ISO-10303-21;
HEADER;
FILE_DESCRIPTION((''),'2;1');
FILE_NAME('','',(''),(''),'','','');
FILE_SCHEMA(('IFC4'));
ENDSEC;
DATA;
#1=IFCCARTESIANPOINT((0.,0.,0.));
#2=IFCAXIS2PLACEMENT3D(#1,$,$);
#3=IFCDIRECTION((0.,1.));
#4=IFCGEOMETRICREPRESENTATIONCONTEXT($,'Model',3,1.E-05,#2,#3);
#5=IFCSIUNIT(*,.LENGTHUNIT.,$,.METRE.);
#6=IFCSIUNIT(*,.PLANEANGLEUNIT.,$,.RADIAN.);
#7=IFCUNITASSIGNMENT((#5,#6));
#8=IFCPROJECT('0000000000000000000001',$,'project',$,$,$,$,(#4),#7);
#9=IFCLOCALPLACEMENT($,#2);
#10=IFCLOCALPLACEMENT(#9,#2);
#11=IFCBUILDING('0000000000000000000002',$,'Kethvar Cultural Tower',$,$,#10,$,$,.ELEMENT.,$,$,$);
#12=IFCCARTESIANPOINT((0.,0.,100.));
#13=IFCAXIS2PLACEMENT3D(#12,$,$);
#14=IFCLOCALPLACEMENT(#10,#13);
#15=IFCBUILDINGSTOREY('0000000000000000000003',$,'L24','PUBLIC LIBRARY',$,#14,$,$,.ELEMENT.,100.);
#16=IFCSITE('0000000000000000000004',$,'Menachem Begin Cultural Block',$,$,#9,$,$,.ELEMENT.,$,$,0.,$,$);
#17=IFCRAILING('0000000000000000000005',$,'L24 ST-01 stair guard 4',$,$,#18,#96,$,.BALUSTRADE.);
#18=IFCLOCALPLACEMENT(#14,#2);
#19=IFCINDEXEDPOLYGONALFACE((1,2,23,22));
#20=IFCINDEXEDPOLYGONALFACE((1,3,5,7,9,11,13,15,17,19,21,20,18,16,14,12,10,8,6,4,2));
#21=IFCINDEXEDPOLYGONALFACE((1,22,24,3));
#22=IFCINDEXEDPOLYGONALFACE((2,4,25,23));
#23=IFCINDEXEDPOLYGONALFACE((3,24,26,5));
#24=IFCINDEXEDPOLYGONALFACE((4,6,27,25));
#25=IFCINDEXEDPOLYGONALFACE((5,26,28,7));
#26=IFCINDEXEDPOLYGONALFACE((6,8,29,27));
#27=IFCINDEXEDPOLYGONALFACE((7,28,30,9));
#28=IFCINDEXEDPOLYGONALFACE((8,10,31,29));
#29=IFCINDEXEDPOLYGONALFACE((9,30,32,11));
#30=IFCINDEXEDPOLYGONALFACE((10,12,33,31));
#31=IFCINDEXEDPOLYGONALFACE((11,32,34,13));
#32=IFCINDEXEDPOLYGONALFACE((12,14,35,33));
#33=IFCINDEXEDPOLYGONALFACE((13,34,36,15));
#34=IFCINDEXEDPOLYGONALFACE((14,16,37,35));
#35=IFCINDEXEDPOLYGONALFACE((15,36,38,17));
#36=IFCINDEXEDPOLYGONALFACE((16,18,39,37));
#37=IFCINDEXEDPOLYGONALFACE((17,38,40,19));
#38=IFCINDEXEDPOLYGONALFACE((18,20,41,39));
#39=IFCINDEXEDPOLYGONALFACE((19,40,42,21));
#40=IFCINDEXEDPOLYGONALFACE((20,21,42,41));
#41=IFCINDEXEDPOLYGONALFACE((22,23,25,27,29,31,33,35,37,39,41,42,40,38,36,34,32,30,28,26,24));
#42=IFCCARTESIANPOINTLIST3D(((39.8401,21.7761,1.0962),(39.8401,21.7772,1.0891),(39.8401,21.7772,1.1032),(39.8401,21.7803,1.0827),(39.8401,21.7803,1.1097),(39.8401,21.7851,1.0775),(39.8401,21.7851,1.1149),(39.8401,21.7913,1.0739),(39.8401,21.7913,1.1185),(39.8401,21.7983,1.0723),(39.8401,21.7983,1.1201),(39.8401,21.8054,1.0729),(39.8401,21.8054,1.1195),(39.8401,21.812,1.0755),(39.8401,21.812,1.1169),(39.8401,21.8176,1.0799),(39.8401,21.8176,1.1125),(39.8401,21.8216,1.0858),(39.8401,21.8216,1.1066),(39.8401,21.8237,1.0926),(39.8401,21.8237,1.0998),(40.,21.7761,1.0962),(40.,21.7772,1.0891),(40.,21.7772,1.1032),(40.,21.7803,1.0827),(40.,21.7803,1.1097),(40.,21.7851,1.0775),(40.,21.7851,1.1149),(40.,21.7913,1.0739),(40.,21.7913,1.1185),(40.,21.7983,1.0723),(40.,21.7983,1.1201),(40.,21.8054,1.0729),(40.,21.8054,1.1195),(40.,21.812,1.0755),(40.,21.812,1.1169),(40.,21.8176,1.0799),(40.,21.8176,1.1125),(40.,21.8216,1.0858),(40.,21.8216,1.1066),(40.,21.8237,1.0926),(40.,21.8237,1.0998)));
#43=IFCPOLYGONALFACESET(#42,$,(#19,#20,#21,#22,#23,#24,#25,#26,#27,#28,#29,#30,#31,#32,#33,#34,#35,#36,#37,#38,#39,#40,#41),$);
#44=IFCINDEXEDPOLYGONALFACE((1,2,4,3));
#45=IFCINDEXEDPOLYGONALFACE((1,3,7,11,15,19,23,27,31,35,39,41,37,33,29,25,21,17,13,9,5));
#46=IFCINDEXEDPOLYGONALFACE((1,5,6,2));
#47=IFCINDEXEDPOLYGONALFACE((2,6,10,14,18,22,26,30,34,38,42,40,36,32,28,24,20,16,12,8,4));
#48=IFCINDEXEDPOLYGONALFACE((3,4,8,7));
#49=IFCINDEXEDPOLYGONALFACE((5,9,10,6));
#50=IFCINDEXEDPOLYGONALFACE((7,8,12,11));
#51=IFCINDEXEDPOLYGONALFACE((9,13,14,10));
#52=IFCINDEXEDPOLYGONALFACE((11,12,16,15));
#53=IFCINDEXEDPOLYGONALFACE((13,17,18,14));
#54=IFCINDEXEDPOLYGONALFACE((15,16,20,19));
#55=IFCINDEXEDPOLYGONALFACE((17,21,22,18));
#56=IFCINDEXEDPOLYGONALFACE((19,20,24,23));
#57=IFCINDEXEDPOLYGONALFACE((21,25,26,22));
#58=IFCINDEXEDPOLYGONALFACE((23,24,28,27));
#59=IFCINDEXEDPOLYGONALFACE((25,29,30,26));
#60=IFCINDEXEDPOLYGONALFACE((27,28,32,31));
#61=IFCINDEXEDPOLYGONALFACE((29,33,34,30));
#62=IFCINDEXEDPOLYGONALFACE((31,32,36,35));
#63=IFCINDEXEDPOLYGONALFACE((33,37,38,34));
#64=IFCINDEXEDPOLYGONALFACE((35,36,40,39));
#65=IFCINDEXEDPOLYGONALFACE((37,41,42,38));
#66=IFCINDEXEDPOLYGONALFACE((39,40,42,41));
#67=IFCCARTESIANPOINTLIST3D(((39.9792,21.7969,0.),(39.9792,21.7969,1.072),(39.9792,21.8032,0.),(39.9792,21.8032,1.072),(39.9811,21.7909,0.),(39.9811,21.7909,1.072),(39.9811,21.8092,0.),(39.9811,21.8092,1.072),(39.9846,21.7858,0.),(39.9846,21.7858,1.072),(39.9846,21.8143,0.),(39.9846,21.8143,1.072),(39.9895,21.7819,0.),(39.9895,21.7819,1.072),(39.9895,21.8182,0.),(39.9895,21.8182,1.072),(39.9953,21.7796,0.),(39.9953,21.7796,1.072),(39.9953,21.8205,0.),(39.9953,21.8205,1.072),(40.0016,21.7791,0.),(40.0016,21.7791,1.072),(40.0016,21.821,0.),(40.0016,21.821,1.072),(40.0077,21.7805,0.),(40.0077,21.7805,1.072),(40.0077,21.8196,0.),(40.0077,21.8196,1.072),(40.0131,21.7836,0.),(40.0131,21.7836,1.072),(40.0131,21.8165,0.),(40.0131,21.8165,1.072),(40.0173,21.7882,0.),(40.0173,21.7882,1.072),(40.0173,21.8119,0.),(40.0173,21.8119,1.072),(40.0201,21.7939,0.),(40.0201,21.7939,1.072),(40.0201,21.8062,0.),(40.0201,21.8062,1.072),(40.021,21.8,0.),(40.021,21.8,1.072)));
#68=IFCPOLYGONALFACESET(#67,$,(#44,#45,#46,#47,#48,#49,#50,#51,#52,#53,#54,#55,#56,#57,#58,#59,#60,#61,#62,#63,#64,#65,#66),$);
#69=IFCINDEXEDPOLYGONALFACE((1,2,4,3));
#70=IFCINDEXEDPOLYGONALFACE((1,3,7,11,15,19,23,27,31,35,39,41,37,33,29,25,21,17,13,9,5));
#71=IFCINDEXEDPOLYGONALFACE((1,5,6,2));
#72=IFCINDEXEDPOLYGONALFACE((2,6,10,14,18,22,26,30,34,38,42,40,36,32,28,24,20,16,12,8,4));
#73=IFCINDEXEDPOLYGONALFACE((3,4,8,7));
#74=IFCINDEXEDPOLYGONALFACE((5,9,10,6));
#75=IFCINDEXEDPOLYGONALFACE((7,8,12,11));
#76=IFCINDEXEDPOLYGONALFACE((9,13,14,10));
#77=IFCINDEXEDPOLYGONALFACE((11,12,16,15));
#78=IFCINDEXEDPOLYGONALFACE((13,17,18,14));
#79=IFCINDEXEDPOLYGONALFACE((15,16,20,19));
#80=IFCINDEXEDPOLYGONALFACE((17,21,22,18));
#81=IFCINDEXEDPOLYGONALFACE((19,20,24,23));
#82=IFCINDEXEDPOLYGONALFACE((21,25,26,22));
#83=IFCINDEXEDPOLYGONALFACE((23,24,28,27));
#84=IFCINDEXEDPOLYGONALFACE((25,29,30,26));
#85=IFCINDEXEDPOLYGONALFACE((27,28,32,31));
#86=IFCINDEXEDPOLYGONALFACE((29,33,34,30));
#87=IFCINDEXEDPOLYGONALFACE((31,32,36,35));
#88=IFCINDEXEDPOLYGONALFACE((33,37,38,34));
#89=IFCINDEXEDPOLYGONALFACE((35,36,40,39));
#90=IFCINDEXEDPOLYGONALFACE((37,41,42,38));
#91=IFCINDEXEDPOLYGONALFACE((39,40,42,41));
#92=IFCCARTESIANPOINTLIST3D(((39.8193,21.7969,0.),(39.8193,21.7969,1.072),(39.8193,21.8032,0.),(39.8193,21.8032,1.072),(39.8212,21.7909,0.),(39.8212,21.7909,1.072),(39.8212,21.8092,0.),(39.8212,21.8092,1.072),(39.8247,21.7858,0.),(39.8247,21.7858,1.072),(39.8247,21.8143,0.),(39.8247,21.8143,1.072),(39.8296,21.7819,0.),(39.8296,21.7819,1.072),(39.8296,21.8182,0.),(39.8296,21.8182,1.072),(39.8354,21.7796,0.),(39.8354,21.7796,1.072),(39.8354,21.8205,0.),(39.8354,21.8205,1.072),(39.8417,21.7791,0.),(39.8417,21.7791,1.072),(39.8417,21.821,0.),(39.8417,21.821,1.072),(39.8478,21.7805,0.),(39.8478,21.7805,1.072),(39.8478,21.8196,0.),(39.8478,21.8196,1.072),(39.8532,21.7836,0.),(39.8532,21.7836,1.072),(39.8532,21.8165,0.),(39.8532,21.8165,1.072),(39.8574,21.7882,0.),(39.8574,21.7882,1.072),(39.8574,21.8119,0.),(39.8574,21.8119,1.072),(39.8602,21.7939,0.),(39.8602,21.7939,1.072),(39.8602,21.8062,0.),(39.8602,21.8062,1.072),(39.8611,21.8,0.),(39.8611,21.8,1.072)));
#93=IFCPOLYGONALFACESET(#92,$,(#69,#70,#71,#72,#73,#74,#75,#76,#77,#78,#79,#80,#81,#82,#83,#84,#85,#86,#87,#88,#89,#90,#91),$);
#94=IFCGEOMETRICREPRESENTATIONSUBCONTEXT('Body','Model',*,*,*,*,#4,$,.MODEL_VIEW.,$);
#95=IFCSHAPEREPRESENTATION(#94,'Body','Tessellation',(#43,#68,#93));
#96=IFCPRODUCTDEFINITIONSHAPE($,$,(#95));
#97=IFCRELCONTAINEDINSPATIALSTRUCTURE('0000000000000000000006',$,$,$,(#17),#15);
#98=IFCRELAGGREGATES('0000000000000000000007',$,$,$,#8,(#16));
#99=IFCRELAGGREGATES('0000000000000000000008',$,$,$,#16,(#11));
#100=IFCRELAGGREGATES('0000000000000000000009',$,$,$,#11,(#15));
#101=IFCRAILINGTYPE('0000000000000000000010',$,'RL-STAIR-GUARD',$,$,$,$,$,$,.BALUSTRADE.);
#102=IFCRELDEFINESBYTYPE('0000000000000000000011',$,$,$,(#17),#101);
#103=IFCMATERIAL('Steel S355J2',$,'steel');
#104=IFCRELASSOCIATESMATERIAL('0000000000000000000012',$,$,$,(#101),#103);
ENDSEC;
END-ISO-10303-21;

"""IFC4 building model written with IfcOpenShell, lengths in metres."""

from ifc_helpers import new_model, si_unit, direction, frame, origin, origin_2d, place, context, subcontext, project, spatial, circle, extrude, material, type_object, element, save


model = new_model("IFC4")

# Units and contexts
model_context = context("Model", 3, precision=1e-05, world=origin(), true_north=direction((0.0, 1.0)))
body_context = subcontext(model_context, "Body", "Model", "MODEL_VIEW")
ifc_project = project(units=[si_unit("LENGTHUNIT", "METRE"), si_unit("PLANEANGLEUNIT", "RADIAN")], contexts=[model_context])

# Site, building, storey
site_placement = place(None, origin())
site = spatial("IfcSite", under=ifc_project, at=site_placement, Name="Menachem Begin Cultural Block", CompositionType="ELEMENT", RefElevation=0.0)
building_placement = place(site_placement, origin())
building = spatial("IfcBuilding", under=site, at=building_placement, Name="Kethvar Cultural Tower", CompositionType="ELEMENT")
storey_placement = place(building_placement, frame((0.0, 0.0, 100.0)))
storey = spatial("IfcBuildingStorey", under=building, at=storey_placement, Name="L24", Description="PUBLIC LIBRARY", CompositionType="ELEMENT", Elevation=100.0)

# Shared definitions
ifc_material_1 = material(Name="Steel S355J2", Category="steel")

# Railing
railing_type_1 = type_object("IfcRailingType", Name="RL-STAIR-GUARD", PredefinedType="BALUSTRADE", material=ifc_material_1)
railing_1_placement = place(storey_placement, frame((40.0, 21.8, 0.0)))
element("IfcRailing", 1, at=railing_1_placement, inside=storey, type_object=railing_type_1, Name="L24 ST-01 stair guard 4", PredefinedType="BALUSTRADE", context=body_context, shape_type="SweptSolid", body=[
    extrude(circle(Radius=0.0239, at=origin_2d()), frame((0.0, 0.0, 1.0962), z_axis=(-1.0, 0.0, 0.0), x_axis=(0.0, -1.0, 0.0)), (0.0, 0.0, 1.0), 0.1599),
    extrude(circle(Radius=0.021, at=origin_2d()), origin(), (0.0, 0.0, 1.0), 1.072),
    extrude(circle(Radius=0.021, at=origin_2d()), frame((-0.1599, 0.0, 0.0)), (0.0, 0.0, 1.0), 1.072),
])

save(model, "model.ifc")
